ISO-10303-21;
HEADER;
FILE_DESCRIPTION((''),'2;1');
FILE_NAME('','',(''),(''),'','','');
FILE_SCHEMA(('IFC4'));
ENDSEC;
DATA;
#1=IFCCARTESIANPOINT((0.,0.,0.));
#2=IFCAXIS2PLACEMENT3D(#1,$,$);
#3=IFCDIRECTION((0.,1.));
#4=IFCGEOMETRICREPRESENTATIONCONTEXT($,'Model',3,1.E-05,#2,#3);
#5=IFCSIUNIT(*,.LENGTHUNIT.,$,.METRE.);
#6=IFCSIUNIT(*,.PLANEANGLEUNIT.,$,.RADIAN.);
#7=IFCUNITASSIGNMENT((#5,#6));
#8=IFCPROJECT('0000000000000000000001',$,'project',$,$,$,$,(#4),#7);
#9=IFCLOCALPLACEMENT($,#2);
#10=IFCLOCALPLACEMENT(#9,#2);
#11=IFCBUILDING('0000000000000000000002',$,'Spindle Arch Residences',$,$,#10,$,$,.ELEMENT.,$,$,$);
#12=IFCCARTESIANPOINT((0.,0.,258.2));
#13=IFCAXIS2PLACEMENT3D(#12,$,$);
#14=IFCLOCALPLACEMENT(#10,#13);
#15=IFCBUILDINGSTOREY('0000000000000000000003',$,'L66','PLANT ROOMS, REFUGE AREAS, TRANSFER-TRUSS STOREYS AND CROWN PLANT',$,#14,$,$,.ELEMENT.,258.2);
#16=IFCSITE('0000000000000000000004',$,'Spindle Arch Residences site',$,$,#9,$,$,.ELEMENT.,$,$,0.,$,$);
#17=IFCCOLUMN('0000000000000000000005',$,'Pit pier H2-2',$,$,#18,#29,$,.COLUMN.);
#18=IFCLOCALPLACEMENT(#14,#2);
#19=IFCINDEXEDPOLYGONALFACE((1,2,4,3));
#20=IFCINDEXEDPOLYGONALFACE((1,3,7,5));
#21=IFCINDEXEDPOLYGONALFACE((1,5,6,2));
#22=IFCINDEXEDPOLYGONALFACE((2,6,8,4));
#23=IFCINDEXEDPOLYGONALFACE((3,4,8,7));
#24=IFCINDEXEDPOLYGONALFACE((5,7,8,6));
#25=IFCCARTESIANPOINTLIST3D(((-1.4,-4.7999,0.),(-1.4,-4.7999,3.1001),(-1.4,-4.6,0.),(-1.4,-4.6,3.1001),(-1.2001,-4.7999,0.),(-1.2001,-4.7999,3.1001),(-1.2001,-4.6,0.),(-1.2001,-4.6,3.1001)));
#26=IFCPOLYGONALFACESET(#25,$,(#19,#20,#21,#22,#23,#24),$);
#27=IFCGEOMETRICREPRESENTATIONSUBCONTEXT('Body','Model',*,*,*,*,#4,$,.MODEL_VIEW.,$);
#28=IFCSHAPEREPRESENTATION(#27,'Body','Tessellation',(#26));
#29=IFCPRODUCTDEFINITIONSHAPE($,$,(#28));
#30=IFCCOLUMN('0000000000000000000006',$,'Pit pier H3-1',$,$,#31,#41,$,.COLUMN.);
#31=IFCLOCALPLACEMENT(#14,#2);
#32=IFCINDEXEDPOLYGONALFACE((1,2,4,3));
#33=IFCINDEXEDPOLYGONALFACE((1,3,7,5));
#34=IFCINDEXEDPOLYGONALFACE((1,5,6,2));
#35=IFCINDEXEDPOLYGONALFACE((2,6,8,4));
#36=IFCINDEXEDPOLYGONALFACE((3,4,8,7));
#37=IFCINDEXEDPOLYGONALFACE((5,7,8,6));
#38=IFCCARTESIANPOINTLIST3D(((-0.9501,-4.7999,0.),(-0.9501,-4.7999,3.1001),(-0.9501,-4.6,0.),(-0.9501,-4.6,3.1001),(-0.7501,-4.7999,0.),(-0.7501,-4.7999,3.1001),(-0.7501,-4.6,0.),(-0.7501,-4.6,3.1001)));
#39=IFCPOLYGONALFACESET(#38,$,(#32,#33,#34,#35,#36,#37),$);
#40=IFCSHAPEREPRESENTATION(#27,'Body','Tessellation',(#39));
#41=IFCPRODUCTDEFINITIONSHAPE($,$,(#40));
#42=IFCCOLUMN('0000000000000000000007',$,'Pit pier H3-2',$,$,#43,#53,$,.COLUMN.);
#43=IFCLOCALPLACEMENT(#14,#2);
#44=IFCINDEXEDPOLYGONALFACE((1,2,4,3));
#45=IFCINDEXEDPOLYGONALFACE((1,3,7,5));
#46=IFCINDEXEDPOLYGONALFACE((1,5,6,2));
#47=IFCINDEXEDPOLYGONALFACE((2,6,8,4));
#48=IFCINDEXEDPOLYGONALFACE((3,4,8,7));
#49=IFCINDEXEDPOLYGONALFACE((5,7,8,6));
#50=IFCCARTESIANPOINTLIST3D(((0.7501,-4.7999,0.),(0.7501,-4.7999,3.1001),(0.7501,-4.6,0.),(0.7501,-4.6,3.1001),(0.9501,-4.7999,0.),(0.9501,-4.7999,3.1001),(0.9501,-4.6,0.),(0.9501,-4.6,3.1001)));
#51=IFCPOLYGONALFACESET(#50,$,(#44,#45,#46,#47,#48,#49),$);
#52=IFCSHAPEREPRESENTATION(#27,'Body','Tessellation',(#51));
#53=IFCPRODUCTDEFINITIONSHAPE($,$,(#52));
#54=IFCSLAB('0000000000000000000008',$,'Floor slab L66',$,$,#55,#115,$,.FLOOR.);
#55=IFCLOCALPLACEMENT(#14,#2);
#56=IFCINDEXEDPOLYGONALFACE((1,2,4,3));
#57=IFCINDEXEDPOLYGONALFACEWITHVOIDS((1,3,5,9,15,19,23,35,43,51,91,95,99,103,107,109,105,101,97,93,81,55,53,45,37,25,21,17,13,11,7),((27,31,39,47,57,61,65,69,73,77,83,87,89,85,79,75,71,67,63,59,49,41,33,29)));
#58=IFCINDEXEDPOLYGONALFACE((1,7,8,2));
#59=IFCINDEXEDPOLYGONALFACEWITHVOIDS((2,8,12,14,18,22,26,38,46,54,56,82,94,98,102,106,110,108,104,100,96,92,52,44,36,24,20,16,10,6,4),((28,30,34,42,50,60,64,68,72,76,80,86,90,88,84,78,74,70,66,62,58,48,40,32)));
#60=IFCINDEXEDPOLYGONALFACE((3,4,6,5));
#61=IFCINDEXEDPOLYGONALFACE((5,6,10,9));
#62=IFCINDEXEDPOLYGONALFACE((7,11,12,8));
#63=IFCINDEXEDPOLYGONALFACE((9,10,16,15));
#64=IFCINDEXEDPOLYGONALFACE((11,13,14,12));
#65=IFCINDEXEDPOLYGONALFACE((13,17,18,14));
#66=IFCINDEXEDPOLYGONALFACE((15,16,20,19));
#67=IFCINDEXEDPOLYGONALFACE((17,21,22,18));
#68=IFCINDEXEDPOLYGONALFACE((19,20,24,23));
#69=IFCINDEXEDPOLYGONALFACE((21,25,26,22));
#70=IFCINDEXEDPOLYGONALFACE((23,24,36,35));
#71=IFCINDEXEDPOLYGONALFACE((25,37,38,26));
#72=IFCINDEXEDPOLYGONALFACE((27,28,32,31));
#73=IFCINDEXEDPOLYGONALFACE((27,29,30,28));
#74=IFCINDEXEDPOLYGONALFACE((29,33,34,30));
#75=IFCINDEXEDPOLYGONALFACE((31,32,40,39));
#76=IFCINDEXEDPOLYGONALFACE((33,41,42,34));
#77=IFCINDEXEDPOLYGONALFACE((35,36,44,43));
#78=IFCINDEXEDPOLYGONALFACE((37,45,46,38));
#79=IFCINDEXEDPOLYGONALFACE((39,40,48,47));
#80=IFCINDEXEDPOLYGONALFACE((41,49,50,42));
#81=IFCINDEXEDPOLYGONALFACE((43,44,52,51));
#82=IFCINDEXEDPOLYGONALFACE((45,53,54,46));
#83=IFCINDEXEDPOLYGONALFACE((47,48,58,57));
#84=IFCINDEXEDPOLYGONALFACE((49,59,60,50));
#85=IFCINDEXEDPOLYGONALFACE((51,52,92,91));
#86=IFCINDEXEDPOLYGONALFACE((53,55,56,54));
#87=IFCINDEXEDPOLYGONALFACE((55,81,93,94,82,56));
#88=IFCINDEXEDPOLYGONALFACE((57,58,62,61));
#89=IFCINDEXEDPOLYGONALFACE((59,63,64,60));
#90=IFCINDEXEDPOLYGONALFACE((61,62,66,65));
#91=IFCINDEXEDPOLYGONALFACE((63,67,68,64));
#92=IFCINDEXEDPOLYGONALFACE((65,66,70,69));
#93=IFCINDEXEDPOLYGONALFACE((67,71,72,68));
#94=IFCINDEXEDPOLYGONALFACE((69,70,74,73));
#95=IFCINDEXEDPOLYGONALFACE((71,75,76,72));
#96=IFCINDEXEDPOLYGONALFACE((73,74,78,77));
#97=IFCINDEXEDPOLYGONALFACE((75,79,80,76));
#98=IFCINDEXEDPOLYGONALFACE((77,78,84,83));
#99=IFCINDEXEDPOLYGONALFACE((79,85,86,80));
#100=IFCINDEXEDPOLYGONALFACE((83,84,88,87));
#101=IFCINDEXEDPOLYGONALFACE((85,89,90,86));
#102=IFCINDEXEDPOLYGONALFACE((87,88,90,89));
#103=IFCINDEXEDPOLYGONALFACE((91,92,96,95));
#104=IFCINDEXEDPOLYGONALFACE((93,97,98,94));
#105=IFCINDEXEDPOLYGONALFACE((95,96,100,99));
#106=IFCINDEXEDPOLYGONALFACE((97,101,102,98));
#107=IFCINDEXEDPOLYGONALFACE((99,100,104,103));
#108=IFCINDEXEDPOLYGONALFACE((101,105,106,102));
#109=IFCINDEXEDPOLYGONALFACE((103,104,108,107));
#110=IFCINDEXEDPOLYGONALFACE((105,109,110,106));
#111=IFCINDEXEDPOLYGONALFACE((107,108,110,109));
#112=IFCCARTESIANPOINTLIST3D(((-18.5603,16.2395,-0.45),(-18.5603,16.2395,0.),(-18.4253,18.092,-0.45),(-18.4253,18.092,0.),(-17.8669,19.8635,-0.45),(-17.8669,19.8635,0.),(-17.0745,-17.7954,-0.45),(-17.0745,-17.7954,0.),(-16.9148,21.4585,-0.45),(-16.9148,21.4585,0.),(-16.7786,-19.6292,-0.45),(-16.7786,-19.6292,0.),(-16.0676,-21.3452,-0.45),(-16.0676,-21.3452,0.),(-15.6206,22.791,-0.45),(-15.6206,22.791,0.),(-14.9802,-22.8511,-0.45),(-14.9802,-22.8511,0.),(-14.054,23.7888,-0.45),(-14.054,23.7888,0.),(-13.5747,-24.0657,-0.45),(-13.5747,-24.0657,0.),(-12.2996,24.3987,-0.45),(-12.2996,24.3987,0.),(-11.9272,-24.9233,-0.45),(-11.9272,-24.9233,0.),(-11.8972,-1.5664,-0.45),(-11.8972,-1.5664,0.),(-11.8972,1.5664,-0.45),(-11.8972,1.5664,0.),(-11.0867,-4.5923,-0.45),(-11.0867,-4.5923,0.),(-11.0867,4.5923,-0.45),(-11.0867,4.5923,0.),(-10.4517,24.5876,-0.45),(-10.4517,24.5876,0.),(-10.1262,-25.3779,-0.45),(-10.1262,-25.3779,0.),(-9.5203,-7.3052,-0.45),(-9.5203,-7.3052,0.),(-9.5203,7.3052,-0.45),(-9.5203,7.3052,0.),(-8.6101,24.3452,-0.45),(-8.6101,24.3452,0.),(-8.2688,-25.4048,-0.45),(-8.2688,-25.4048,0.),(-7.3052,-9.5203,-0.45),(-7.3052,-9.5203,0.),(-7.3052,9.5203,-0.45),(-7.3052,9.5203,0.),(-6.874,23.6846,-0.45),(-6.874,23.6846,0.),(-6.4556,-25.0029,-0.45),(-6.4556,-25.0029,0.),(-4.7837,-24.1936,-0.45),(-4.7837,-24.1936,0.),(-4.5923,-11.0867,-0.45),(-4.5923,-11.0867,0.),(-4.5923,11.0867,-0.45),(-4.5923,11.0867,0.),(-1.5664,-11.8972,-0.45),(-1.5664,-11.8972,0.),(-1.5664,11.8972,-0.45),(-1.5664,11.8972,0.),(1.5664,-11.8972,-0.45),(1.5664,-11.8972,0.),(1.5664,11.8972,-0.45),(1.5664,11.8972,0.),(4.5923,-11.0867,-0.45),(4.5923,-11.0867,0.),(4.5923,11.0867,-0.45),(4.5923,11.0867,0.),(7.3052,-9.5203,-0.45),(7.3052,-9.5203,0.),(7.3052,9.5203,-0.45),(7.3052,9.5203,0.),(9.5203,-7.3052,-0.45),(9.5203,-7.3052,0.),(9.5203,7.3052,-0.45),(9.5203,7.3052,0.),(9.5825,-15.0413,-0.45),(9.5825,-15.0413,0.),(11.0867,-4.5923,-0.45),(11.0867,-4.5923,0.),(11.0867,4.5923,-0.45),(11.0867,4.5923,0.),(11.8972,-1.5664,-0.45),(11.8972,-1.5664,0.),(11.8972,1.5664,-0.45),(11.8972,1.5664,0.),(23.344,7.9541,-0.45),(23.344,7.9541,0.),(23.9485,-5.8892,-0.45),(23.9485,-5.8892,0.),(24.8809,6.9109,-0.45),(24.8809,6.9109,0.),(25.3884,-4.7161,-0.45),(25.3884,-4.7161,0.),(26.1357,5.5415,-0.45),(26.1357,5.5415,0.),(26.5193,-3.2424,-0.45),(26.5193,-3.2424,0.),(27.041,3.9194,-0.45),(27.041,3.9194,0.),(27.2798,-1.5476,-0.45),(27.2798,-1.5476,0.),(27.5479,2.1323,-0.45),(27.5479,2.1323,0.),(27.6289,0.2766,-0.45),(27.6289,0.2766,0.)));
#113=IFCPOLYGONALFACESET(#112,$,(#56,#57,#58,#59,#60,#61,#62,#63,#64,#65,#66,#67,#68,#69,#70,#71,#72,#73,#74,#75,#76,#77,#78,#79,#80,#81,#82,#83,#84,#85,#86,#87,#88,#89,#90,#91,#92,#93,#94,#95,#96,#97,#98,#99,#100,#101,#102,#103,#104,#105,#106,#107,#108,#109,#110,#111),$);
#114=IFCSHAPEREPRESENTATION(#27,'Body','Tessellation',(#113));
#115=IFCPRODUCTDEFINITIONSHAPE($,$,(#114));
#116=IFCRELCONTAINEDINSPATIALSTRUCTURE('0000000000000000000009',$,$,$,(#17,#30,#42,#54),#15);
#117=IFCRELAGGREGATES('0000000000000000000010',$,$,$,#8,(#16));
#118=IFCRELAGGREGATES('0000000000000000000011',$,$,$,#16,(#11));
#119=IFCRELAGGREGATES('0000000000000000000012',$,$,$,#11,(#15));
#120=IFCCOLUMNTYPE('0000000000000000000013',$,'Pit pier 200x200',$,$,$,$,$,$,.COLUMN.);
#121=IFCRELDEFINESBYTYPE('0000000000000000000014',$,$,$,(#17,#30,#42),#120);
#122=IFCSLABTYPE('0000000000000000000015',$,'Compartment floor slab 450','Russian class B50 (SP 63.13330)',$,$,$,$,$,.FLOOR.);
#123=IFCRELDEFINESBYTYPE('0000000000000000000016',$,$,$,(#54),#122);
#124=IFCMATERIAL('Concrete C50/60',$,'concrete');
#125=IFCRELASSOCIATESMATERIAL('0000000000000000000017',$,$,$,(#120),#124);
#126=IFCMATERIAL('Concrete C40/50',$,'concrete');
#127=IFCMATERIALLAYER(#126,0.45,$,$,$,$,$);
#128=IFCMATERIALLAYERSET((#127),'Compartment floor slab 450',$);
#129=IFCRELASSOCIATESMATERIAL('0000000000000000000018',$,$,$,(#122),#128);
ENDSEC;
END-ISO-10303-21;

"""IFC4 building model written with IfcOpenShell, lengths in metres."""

from ifc_helpers import new_model, si_unit, direction, frame, origin, origin_2d, place, context, subcontext, project, spatial, polyline, rectangle, outline, extrude, material, layer, layer_set, material_profile, profile_set, type_object, element, save


model = new_model("IFC4")

# Units and contexts
model_context = context("Model", 3, precision=1e-05, world=origin(), true_north=direction((0.0, 1.0)))
body_context = subcontext(model_context, "Body", "Model", "MODEL_VIEW")
ifc_project = project(units=[si_unit("LENGTHUNIT", "METRE"), si_unit("PLANEANGLEUNIT", "RADIAN")], contexts=[model_context])

# Site, building, storey
site_placement = place(None, origin())
site = spatial("IfcSite", under=ifc_project, at=site_placement, Name="Spindle Arch Residences site", CompositionType="ELEMENT", RefElevation=0.0)
building_placement = place(site_placement, origin())
building = spatial("IfcBuilding", under=site, at=building_placement, Name="Spindle Arch Residences", CompositionType="ELEMENT")
storey_placement = place(building_placement, frame((0.0, 0.0, 258.2)))
storey = spatial("IfcBuildingStorey", under=building, at=storey_placement, Name="L66", Description="PLANT ROOMS, REFUGE AREAS, TRANSFER-TRUSS STOREYS AND CROWN PLANT", CompositionType="ELEMENT", Elevation=258.2)

# Columns
ifc_material_1 = material(Name="Concrete C50/60", Category="concrete")
ifc_material_profile = material_profile(ifc_material_1, rectangle(XDim=0.2, YDim=0.2, at=origin_2d()), Name="RC 200x200")
ifc_profile_set = profile_set([ifc_material_profile], Name="Concrete C50/60")
column_type = type_object("IfcColumnType", Name="Pit pier 200x200", PredefinedType="COLUMN", material=ifc_profile_set)
for number, where, z_axis, x_axis, name in (
    (1, (-1.3, -4.7, 0.0), (0.0, 0.0, 1.0), (1.0, 0.0, 0.0), "Pit pier H2-2"),
    (2, (-0.8501, -4.7, 0.0), (0.0, 0.0, 1.0), (1.0, 0.0, 0.0), "Pit pier H3-1"),
    (3, (0.8501, -4.7, 0.0), (0.0, 0.0, 1.0), (1.0, 0.0, 0.0), "Pit pier H3-2"),
):
    element("IfcColumn", number, at=place(storey_placement, frame(where, z_axis=z_axis, x_axis=x_axis)), inside=storey, type_object=column_type, Name=name, PredefinedType="COLUMN", context=body_context, shape_type="SweptSolid", body=[
        extrude(rectangle(XDim=0.2, YDim=0.2, at=origin_2d()), origin(), (0.0, 0.0, 1.0), 3.1001),
    ])

# Slab
ifc_material_2 = material(Name="Concrete C40/50", Category="concrete")
ifc_layer_1 = layer(ifc_material_2, 0.45)
ifc_layer_set_1 = layer_set([ifc_layer_1], Name="Compartment floor slab 450")
slab_type_1 = type_object("IfcSlabType", Name="Compartment floor slab 450", Description="Russian class B50 (SP 63.13330)", PredefinedType="FLOOR", material=ifc_layer_set_1)
slab_1_placement = place(storey_placement, frame((0.0, 0.0, -0.45)))
element("IfcSlab", 4, at=slab_1_placement, inside=storey, type_object=slab_type_1, Name="Floor slab L66", PredefinedType="FLOOR", context=body_context, shape_type="SweptSolid", body=[
    extrude(outline(polyline([(-4.7837, -24.1936), (-6.4556, -25.0029), (-8.2688, -25.4048), (-10.1262, -25.3779), (-11.9272, -24.9233), (-13.5747, -24.0657), (-14.9802, -22.8511), (-16.0676, -21.3452), (-16.7786, -19.6292), (-17.0745, -17.7954), (-18.5603, 16.2395), (-18.4253, 18.092), (-17.8669, 19.8635), (-16.9148, 21.4585), (-15.6206, 22.791), (-14.054, 23.7888), (-12.2996, 24.3987), (-10.4517, 24.5876), (-8.6101, 24.3452), (-6.874, 23.6846), (23.344, 7.9541), (24.8809, 6.9109), (26.1357, 5.5415), (27.041, 3.9194), (27.5479, 2.1323), (27.6289, 0.2766), (27.2798, -1.5476), (26.5193, -3.2424), (25.3884, -4.7161), (23.9485, -5.8892), (9.5825, -15.0413), (-4.7837, -24.1936)]), holes=[polyline([(4.5923, -11.0867), (7.3052, -9.5203), (9.5203, -7.3052), (11.0867, -4.5923), (11.8972, -1.5664), (11.8972, 1.5664), (11.0867, 4.5923), (9.5203, 7.3052), (7.3052, 9.5203), (4.5923, 11.0867), (1.5664, 11.8972), (-1.5664, 11.8972), (-4.5923, 11.0867), (-7.3052, 9.5203), (-9.5203, 7.3052), (-11.0867, 4.5923), (-11.8972, 1.5664), (-11.8972, -1.5664), (-11.0867, -4.5923), (-9.5203, -7.3052), (-7.3052, -9.5203), (-4.5923, -11.0867), (-1.5664, -11.8972), (1.5664, -11.8972), (4.5923, -11.0867)])]), origin(), (0.0, 0.0, 1.0), 0.45),
])

save(model, "model.ifc")
